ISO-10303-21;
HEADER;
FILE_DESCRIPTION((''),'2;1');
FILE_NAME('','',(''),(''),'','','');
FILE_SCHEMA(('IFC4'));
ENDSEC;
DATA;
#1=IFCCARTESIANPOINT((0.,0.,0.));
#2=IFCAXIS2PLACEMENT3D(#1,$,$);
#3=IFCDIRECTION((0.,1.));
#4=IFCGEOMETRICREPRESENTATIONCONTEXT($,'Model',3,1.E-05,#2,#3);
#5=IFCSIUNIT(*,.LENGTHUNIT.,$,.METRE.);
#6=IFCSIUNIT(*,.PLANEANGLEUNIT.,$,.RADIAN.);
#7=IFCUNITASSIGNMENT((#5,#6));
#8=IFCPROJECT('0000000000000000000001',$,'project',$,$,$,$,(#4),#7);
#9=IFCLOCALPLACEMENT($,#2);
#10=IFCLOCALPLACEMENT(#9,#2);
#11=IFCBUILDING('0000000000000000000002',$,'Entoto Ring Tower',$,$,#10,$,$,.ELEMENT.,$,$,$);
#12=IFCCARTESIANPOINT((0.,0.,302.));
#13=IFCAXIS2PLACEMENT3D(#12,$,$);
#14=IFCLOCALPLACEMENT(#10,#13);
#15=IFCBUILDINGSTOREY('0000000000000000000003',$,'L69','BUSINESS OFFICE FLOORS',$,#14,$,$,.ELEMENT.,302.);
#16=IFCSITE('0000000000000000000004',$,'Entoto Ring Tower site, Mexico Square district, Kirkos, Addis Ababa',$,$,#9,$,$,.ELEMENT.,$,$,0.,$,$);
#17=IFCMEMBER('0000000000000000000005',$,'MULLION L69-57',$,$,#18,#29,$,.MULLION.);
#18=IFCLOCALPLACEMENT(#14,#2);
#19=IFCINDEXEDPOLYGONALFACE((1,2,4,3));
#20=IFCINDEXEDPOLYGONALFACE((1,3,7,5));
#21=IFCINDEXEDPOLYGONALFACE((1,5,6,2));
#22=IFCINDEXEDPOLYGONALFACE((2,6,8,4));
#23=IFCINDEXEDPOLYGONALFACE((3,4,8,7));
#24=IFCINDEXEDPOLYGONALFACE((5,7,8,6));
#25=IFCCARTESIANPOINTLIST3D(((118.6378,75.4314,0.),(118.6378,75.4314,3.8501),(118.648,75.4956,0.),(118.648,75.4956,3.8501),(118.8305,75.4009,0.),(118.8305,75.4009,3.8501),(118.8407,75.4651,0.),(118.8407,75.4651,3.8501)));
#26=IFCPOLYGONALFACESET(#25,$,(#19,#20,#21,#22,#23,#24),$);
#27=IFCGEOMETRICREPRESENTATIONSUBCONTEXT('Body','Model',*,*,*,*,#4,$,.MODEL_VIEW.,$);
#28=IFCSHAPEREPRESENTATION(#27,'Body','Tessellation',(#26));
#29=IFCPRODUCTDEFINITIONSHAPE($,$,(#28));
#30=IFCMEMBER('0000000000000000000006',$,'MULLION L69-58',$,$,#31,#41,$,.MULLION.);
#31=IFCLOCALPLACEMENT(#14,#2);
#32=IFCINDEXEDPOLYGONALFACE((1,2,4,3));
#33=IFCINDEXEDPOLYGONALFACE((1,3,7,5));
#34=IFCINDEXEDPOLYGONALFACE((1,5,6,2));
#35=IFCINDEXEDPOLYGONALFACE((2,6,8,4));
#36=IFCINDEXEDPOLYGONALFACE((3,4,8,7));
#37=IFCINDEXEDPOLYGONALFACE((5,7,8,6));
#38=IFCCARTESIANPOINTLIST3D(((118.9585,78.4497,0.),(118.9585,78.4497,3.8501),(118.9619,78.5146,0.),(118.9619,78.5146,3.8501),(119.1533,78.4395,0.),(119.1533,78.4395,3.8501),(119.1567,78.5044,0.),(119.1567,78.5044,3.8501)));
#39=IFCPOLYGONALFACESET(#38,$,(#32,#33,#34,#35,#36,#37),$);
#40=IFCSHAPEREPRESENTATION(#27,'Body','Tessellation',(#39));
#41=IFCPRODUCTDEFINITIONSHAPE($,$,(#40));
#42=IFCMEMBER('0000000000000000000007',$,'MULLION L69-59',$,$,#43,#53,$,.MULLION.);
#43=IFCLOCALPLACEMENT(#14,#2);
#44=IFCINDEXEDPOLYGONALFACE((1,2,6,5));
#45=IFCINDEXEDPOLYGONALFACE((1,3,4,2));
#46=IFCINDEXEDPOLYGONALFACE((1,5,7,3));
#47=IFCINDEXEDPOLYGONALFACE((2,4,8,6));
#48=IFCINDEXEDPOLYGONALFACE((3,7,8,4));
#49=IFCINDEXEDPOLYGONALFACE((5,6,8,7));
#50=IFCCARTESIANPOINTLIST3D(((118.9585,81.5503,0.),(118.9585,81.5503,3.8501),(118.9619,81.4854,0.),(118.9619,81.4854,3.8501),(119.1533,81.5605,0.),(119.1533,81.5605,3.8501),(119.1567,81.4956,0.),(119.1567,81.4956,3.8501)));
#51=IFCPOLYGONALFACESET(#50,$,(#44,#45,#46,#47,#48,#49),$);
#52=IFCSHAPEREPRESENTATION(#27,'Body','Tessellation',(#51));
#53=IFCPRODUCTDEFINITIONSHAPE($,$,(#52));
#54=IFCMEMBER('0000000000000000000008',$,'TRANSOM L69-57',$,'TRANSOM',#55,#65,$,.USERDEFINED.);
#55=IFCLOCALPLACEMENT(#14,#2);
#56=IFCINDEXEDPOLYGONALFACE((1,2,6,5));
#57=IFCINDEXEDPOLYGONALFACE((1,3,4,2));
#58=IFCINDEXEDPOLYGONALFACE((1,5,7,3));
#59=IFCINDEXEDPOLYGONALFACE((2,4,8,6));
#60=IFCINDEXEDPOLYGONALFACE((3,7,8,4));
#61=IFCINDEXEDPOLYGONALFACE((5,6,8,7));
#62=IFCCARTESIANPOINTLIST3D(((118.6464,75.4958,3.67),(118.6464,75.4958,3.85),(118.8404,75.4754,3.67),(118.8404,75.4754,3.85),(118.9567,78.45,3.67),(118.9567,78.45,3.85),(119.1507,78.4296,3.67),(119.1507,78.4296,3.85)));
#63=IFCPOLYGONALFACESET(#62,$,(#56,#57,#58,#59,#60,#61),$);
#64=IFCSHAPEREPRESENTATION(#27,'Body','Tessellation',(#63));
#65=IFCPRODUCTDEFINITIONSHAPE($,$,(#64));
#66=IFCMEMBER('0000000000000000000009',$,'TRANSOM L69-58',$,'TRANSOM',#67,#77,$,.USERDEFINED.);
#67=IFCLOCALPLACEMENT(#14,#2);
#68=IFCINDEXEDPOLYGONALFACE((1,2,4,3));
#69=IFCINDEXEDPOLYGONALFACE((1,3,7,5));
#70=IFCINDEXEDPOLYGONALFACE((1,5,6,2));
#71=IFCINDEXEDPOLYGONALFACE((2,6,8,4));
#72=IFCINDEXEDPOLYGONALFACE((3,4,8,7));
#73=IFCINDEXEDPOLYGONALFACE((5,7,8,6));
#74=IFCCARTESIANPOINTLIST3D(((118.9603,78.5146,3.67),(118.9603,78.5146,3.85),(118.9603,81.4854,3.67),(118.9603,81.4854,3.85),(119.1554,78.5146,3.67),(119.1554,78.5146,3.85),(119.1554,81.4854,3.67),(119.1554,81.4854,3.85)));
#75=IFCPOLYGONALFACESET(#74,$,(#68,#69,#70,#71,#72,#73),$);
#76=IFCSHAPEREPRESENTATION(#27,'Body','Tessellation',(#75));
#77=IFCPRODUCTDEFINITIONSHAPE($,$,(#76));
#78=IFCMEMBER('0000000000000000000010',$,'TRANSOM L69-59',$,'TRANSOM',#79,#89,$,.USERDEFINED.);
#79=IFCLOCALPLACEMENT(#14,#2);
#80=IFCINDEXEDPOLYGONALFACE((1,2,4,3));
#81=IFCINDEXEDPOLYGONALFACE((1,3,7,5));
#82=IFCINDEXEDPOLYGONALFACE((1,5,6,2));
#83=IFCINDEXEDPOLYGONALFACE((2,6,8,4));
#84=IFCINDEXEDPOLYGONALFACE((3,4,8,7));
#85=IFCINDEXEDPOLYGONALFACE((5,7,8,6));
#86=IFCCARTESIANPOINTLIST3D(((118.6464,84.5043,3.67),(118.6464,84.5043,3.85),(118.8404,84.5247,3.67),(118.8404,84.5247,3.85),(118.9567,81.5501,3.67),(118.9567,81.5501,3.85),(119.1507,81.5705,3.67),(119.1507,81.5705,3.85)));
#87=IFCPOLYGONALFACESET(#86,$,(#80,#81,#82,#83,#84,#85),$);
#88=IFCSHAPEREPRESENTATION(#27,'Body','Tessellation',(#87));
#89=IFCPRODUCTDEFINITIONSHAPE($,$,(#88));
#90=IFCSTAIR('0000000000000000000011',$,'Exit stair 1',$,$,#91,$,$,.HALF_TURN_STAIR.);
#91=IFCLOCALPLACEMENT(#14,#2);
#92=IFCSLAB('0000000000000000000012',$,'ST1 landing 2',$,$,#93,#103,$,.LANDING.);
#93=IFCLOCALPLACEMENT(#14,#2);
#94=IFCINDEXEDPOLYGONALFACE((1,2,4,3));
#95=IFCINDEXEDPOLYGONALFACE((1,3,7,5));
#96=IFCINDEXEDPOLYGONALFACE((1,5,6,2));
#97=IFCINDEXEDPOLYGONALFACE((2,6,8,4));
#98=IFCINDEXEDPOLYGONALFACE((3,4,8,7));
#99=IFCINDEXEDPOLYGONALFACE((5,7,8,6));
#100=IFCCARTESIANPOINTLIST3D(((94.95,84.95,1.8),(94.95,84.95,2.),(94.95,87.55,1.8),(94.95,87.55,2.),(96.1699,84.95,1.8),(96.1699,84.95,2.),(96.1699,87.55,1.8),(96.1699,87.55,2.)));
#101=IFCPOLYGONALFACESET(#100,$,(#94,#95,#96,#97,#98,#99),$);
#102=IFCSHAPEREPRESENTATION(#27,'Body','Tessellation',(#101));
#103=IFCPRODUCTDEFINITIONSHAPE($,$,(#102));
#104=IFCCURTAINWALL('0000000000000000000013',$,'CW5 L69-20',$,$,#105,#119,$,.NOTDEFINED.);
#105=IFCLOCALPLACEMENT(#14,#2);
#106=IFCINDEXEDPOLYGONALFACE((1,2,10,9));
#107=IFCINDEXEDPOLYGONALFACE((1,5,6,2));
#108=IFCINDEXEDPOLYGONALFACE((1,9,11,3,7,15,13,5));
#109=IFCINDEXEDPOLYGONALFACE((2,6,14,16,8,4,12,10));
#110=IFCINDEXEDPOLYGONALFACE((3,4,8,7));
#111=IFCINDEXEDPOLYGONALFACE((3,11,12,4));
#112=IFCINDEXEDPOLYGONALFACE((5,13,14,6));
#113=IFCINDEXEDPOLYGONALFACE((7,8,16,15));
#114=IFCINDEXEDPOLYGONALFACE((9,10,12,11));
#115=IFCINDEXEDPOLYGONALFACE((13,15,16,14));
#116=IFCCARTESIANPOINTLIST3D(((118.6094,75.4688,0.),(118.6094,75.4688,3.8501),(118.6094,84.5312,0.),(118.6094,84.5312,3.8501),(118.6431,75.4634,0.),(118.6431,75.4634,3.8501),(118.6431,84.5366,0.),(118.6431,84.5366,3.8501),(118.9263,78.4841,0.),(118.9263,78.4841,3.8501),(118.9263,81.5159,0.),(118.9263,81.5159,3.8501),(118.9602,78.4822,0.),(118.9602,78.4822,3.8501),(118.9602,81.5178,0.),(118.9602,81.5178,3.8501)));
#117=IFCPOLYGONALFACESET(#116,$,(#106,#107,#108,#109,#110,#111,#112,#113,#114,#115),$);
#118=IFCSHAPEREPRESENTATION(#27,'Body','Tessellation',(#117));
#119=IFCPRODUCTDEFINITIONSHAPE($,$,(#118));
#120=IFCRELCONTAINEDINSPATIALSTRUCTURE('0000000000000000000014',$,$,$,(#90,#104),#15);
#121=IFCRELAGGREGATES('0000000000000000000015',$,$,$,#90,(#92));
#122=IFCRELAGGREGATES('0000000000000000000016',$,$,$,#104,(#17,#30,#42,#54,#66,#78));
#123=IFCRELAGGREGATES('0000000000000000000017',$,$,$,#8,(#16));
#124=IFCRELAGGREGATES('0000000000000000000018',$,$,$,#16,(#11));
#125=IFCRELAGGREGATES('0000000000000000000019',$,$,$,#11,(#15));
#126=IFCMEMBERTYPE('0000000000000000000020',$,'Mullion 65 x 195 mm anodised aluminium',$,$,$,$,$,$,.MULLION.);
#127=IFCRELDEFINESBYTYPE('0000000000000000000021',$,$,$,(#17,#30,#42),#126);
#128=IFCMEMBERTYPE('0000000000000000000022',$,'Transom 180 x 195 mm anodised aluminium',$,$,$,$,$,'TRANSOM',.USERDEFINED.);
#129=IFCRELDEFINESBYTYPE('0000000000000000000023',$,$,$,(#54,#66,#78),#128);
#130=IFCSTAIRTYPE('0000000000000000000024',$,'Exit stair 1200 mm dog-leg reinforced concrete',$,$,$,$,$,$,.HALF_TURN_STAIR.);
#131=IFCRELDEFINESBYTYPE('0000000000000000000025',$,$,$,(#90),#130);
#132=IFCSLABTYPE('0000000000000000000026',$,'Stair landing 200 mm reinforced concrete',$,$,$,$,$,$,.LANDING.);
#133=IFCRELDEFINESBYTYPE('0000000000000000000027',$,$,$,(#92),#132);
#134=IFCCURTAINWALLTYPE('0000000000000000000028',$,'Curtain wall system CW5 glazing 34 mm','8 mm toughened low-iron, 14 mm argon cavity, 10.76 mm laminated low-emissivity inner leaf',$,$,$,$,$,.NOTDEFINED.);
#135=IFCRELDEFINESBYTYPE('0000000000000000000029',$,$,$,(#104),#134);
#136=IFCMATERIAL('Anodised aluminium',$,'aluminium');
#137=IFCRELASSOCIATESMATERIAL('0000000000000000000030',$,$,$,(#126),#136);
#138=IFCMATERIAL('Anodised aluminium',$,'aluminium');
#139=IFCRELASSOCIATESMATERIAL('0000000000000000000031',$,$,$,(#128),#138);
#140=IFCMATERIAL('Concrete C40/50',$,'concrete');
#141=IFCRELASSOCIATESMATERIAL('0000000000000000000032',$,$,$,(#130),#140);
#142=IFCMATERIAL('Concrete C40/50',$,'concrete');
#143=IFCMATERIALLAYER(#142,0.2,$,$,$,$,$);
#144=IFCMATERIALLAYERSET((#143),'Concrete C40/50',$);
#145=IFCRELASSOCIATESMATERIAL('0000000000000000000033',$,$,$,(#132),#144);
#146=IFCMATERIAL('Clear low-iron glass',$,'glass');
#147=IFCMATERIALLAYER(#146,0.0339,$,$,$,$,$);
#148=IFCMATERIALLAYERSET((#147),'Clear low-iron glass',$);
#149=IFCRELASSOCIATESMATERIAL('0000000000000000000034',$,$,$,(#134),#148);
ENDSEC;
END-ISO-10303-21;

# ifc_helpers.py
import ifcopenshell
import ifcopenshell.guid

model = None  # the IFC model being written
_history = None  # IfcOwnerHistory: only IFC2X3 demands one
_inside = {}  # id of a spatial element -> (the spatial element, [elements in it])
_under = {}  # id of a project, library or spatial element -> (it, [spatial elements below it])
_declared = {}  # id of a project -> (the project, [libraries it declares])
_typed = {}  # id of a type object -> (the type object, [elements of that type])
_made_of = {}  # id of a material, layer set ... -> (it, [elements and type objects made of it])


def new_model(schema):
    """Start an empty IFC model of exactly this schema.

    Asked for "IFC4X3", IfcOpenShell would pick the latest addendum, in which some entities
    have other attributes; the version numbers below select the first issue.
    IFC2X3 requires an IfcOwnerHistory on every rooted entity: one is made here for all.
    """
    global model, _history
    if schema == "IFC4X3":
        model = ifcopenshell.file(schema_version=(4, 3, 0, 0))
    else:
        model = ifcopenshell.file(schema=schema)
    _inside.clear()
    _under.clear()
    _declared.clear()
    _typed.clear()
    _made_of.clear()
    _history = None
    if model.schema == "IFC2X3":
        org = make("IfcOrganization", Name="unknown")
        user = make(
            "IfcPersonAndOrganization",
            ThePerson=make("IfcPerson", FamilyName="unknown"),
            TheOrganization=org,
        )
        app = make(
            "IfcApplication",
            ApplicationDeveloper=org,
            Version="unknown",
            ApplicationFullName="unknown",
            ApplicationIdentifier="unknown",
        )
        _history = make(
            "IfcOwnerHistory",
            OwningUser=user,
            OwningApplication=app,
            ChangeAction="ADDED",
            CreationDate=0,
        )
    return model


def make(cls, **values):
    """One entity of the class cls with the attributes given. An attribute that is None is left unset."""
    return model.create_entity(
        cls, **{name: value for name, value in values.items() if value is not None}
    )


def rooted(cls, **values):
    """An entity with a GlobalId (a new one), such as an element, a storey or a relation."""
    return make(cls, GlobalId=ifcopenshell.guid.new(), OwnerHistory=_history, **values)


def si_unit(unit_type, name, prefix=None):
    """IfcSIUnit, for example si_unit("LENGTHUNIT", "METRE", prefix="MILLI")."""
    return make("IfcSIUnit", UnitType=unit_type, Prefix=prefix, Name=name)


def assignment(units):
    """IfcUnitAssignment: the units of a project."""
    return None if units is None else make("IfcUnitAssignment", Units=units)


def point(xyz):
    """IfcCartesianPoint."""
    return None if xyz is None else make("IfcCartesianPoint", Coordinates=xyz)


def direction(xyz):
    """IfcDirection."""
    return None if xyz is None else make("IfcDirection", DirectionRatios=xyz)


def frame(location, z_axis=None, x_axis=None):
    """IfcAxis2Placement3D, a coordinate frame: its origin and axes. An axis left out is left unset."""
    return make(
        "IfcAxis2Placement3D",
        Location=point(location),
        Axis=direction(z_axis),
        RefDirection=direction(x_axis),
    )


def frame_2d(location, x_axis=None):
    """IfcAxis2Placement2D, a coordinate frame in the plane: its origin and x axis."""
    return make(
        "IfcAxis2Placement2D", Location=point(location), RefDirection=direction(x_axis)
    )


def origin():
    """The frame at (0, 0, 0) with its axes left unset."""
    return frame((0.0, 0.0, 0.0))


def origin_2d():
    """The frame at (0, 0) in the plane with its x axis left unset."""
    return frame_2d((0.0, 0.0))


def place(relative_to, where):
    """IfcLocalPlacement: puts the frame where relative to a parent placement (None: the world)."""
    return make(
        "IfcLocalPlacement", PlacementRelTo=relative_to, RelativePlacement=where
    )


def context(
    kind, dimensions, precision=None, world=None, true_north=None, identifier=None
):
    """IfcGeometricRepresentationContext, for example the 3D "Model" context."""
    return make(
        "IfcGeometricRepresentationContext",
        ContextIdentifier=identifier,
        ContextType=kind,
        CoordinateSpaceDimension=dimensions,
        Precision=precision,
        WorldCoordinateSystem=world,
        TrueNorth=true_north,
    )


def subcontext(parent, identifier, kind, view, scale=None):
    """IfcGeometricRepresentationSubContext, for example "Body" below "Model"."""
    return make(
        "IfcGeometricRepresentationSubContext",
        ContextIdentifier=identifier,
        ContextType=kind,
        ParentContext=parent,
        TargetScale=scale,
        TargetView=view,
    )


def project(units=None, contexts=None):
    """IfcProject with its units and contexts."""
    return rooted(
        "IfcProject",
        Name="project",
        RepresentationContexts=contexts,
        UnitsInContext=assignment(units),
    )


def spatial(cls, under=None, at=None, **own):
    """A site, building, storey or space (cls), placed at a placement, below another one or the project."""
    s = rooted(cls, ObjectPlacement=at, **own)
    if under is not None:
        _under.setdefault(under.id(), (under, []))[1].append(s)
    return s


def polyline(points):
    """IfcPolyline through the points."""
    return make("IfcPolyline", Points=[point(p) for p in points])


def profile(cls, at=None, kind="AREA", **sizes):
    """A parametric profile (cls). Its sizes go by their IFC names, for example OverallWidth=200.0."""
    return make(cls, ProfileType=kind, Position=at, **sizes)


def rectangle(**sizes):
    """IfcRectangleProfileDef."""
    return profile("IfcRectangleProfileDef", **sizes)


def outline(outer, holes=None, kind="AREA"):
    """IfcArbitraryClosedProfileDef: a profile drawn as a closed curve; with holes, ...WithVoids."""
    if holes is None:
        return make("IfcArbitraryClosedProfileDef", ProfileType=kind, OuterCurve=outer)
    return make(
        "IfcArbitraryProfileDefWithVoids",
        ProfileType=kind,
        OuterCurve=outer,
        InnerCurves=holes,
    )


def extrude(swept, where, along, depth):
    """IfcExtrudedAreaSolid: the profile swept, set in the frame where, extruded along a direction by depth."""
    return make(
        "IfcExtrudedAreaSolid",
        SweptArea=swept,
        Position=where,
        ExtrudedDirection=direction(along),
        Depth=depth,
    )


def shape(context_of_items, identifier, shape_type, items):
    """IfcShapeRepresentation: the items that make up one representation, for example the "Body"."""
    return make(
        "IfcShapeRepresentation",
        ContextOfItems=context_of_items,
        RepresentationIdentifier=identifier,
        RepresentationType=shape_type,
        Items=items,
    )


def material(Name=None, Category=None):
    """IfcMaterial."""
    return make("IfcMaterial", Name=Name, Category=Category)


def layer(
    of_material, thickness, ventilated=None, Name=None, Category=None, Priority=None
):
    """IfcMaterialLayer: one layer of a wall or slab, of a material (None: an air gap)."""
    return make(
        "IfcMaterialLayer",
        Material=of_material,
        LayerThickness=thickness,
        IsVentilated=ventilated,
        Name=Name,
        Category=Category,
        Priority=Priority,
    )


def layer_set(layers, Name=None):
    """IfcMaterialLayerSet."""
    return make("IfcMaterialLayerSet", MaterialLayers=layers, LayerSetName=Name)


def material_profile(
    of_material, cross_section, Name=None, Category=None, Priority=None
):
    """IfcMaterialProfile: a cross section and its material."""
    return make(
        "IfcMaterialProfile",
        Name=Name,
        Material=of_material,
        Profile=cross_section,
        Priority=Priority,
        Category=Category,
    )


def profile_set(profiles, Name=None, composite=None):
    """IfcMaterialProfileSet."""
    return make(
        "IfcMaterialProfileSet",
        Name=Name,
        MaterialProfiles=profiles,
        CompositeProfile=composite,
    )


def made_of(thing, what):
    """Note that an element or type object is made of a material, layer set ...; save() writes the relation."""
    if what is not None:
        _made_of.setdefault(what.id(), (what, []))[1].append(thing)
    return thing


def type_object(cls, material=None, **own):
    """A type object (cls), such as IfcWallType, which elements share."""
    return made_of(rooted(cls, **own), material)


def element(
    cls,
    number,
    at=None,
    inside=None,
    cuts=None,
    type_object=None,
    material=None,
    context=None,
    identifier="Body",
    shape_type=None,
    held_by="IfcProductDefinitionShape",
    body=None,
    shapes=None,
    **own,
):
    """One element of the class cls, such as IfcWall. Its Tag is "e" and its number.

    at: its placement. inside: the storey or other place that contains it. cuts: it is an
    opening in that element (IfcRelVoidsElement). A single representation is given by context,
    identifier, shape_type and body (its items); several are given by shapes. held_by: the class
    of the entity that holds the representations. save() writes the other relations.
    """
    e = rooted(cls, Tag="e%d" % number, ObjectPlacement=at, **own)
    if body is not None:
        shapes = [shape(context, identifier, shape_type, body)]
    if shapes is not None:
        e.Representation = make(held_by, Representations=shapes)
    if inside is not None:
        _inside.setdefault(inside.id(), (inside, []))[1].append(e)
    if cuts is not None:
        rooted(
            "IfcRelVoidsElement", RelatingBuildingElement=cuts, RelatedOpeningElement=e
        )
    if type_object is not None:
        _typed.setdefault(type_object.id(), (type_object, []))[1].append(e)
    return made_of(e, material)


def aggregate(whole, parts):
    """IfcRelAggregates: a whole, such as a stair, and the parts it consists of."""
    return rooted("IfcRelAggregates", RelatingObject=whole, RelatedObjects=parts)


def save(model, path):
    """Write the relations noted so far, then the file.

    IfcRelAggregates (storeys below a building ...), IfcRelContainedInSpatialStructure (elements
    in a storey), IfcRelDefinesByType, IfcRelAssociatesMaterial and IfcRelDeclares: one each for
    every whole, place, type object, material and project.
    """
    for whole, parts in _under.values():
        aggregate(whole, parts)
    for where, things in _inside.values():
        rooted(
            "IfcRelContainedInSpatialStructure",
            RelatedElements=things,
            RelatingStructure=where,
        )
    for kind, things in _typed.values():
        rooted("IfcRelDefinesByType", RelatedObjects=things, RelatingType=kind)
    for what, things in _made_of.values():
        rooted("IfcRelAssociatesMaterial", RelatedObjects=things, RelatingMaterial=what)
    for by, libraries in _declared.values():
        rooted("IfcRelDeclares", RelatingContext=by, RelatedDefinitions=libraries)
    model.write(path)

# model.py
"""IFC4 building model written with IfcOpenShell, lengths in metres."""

from ifc_helpers import new_model, si_unit, direction, frame, origin, origin_2d, place, context, subcontext, project, spatial, polyline, rectangle, outline, extrude, material, layer, layer_set, material_profile, profile_set, type_object, element, aggregate, save


model = new_model("IFC4")

# Units and contexts
model_context = context("Model", 3, precision=1e-05, world=origin(), true_north=direction((0.0, 1.0)))
body_context = subcontext(model_context, "Body", "Model", "MODEL_VIEW")
ifc_project = project(units=[si_unit("LENGTHUNIT", "METRE"), si_unit("PLANEANGLEUNIT", "RADIAN")], contexts=[model_context])

# Members
ifc_material_1 = material(Name="Anodised aluminium", Category="aluminium")
ifc_material_profile_1 = material_profile(ifc_material_1, rectangle(XDim=0.0649, YDim=0.1951, at=origin_2d()), Name="Mullion 65 x 195 mm anodised aluminium")
ifc_profile_set_1 = profile_set([ifc_material_profile_1], Name="Anodised aluminium")
member_type_1 = type_object("IfcMemberType", Name="Mullion 65 x 195 mm anodised aluminium", PredefinedType="MULLION", material=ifc_profile_set_1)
site_placement = place(None, origin())
building_placement = place(site_placement, origin())
storey_placement = place(building_placement, frame((0.0, 0.0, 302.0)))
member_1_placement = place(storey_placement, frame((118.7393, 75.4482, 0.0), z_axis=(0.0, 0.0, 1.0), x_axis=(0.156434, 0.987688, 0.0)))
member_1 = element("IfcMember", 1, at=member_1_placement, type_object=member_type_1, Name="MULLION L69-57", PredefinedType="MULLION", context=body_context, shape_type="SweptSolid", body=[
    extrude(rectangle(XDim=0.0649, YDim=0.1951, at=origin_2d()), origin(), (0.0, 0.0, 1.0), 3.8501),
])
member_2_placement = place(storey_placement, frame((119.0576, 78.4771, 0.0), z_axis=(0.0, 0.0, 1.0), x_axis=(0.052336, 0.99863, 0.0)))
member_2 = element("IfcMember", 2, at=member_2_placement, type_object=member_type_1, Name="MULLION L69-58", PredefinedType="MULLION", context=body_context, shape_type="SweptSolid", body=[
    extrude(rectangle(XDim=0.0649, YDim=0.1951, at=origin_2d()), origin(), (0.0, 0.0, 1.0), 3.8501),
])
member_3_placement = place(storey_placement, frame((119.0576, 81.5229, 0.0), z_axis=(0.0, 0.0, 1.0), x_axis=(-0.052336, 0.99863, 0.0)))
member_3 = element("IfcMember", 3, at=member_3_placement, type_object=member_type_1, Name="MULLION L69-59", PredefinedType="MULLION", context=body_context, shape_type="SweptSolid", body=[
    extrude(rectangle(XDim=0.0649, YDim=0.1951, at=origin_2d()), origin(), (0.0, 0.0, 1.0), 3.8501),
])
ifc_material_2 = material(Name="Anodised aluminium", Category="aluminium")
ifc_material_profile_2 = material_profile(ifc_material_2, rectangle(XDim=0.1951, YDim=0.1799, at=origin_2d()), Name="Transom 180 x 195 mm anodised aluminium")
ifc_profile_set_2 = profile_set([ifc_material_profile_2], Name="Anodised aluminium")
member_type_2 = type_object("IfcMemberType", Name="Transom 180 x 195 mm anodised aluminium", ElementType="TRANSOM", PredefinedType="USERDEFINED", material=ifc_profile_set_2)
member_4_placement = place(storey_placement, frame((118.7434, 75.4856, 3.76), z_axis=(0.104467, 0.994528, 0.0), x_axis=(-0.994528, 0.104467, 0.0)))
member_4 = element("IfcMember", 4, at=member_4_placement, type_object=member_type_2, Name="TRANSOM L69-57", ObjectType="TRANSOM", PredefinedType="USERDEFINED", context=body_context, shape_type="SweptSolid", body=[
    extrude(rectangle(XDim=0.1951, YDim=0.1799, at=origin_2d()), origin(), (0.0, 0.0, 1.0), 2.9705),
])
member_5_placement = place(storey_placement, frame((119.0579, 78.5146, 3.76), z_axis=(0.0, 1.0, 0.0), x_axis=(-1.0, 0.0, 0.0)))
member_5 = element("IfcMember", 5, at=member_5_placement, type_object=member_type_2, Name="TRANSOM L69-58", ObjectType="TRANSOM", PredefinedType="USERDEFINED", context=body_context, shape_type="SweptSolid", body=[
    extrude(rectangle(XDim=0.1951, YDim=0.1799, at=origin_2d()), origin(), (0.0, 0.0, 1.0), 2.9707),
])
member_6_placement = place(storey_placement, frame((119.0537, 81.5603, 3.76), z_axis=(-0.104467, 0.994528, 0.0), x_axis=(-0.994528, -0.104467, 0.0)))
member_6 = element("IfcMember", 6, at=member_6_placement, type_object=member_type_2, Name="TRANSOM L69-59", ObjectType="TRANSOM", PredefinedType="USERDEFINED", context=body_context, shape_type="SweptSolid", body=[
    extrude(rectangle(XDim=0.1951, YDim=0.1799, at=origin_2d()), origin(), (0.0, 0.0, 1.0), 2.9705),
])

# Site, building, storey
site = spatial("IfcSite", under=ifc_project, at=site_placement, Name="Entoto Ring Tower site, Mexico Square district, Kirkos, Addis Ababa", CompositionType="ELEMENT", RefElevation=0.0)
building = spatial("IfcBuilding", under=site, at=building_placement, Name="Entoto Ring Tower", CompositionType="ELEMENT")
storey = spatial("IfcBuildingStorey", under=building, at=storey_placement, Name="L69", Description="BUSINESS OFFICE FLOORS", CompositionType="ELEMENT", Elevation=302.0)

# Stair, slab
ifc_material_3 = material(Name="Concrete C40/50", Category="concrete")
stair_type = type_object("IfcStairType", Name="Exit stair 1200 mm dog-leg reinforced concrete", PredefinedType="HALF_TURN_STAIR", material=ifc_material_3)
stair_placement = place(storey_placement, origin())
stair = element("IfcStair", 7, at=stair_placement, inside=storey, type_object=stair_type, Name="Exit stair 1", PredefinedType="HALF_TURN_STAIR")
ifc_material_4 = material(Name="Concrete C40/50", Category="concrete")
ifc_layer_1 = layer(ifc_material_4, 0.2)
ifc_layer_set_1 = layer_set([ifc_layer_1], Name="Concrete C40/50")
slab_type = type_object("IfcSlabType", Name="Stair landing 200 mm reinforced concrete", PredefinedType="LANDING", material=ifc_layer_set_1)
slab_placement = place(storey_placement, frame((0.0, 0.0, 1.8)))
slab = element("IfcSlab", 8, at=slab_placement, type_object=slab_type, Name="ST1 landing 2", PredefinedType="LANDING", context=body_context, shape_type="SweptSolid", body=[
    extrude(outline(polyline([(94.95, 84.95), (96.1699, 84.95), (96.1699, 87.55), (94.95, 87.55), (94.95, 84.95)])), origin(), (0.0, 0.0, 1.0), 0.2),
])
aggregate(stair, [slab])

# Curtain wall
ifc_material_5 = material(Name="Clear low-iron glass", Category="glass")
ifc_layer_2 = layer(ifc_material_5, 0.0339)
ifc_layer_set_2 = layer_set([ifc_layer_2], Name="Clear low-iron glass")
curtain_wall_type = type_object("IfcCurtainWallType", Name="Curtain wall system CW5 glazing 34 mm", Description="8 mm toughened low-iron, 14 mm argon cavity, 10.76 mm laminated low-emissivity inner leaf", PredefinedType="NOTDEFINED", material=ifc_layer_set_2)
curtain_wall_1_placement = place(storey_placement, origin())
curtain_wall_1 = element("IfcCurtainWall", 9, at=curtain_wall_1_placement, inside=storey, type_object=curtain_wall_type, Name="CW5 L69-20", PredefinedType="NOTDEFINED", context=body_context, shape_type="SweptSolid", body=[
    extrude(outline(polyline([(118.6431, 75.4634), (118.9602, 78.4822), (118.9602, 81.5178), (118.6431, 84.5366), (118.6094, 84.5312), (118.9263, 81.5159), (118.9263, 78.4841), (118.6094, 75.4688), (118.6431, 75.4634)])), origin(), (0.0, 0.0, 1.0), 3.8501),
])
aggregate(curtain_wall_1, [member_1, member_2, member_3, member_4, member_5, member_6])

save(model, "model.ifc")
